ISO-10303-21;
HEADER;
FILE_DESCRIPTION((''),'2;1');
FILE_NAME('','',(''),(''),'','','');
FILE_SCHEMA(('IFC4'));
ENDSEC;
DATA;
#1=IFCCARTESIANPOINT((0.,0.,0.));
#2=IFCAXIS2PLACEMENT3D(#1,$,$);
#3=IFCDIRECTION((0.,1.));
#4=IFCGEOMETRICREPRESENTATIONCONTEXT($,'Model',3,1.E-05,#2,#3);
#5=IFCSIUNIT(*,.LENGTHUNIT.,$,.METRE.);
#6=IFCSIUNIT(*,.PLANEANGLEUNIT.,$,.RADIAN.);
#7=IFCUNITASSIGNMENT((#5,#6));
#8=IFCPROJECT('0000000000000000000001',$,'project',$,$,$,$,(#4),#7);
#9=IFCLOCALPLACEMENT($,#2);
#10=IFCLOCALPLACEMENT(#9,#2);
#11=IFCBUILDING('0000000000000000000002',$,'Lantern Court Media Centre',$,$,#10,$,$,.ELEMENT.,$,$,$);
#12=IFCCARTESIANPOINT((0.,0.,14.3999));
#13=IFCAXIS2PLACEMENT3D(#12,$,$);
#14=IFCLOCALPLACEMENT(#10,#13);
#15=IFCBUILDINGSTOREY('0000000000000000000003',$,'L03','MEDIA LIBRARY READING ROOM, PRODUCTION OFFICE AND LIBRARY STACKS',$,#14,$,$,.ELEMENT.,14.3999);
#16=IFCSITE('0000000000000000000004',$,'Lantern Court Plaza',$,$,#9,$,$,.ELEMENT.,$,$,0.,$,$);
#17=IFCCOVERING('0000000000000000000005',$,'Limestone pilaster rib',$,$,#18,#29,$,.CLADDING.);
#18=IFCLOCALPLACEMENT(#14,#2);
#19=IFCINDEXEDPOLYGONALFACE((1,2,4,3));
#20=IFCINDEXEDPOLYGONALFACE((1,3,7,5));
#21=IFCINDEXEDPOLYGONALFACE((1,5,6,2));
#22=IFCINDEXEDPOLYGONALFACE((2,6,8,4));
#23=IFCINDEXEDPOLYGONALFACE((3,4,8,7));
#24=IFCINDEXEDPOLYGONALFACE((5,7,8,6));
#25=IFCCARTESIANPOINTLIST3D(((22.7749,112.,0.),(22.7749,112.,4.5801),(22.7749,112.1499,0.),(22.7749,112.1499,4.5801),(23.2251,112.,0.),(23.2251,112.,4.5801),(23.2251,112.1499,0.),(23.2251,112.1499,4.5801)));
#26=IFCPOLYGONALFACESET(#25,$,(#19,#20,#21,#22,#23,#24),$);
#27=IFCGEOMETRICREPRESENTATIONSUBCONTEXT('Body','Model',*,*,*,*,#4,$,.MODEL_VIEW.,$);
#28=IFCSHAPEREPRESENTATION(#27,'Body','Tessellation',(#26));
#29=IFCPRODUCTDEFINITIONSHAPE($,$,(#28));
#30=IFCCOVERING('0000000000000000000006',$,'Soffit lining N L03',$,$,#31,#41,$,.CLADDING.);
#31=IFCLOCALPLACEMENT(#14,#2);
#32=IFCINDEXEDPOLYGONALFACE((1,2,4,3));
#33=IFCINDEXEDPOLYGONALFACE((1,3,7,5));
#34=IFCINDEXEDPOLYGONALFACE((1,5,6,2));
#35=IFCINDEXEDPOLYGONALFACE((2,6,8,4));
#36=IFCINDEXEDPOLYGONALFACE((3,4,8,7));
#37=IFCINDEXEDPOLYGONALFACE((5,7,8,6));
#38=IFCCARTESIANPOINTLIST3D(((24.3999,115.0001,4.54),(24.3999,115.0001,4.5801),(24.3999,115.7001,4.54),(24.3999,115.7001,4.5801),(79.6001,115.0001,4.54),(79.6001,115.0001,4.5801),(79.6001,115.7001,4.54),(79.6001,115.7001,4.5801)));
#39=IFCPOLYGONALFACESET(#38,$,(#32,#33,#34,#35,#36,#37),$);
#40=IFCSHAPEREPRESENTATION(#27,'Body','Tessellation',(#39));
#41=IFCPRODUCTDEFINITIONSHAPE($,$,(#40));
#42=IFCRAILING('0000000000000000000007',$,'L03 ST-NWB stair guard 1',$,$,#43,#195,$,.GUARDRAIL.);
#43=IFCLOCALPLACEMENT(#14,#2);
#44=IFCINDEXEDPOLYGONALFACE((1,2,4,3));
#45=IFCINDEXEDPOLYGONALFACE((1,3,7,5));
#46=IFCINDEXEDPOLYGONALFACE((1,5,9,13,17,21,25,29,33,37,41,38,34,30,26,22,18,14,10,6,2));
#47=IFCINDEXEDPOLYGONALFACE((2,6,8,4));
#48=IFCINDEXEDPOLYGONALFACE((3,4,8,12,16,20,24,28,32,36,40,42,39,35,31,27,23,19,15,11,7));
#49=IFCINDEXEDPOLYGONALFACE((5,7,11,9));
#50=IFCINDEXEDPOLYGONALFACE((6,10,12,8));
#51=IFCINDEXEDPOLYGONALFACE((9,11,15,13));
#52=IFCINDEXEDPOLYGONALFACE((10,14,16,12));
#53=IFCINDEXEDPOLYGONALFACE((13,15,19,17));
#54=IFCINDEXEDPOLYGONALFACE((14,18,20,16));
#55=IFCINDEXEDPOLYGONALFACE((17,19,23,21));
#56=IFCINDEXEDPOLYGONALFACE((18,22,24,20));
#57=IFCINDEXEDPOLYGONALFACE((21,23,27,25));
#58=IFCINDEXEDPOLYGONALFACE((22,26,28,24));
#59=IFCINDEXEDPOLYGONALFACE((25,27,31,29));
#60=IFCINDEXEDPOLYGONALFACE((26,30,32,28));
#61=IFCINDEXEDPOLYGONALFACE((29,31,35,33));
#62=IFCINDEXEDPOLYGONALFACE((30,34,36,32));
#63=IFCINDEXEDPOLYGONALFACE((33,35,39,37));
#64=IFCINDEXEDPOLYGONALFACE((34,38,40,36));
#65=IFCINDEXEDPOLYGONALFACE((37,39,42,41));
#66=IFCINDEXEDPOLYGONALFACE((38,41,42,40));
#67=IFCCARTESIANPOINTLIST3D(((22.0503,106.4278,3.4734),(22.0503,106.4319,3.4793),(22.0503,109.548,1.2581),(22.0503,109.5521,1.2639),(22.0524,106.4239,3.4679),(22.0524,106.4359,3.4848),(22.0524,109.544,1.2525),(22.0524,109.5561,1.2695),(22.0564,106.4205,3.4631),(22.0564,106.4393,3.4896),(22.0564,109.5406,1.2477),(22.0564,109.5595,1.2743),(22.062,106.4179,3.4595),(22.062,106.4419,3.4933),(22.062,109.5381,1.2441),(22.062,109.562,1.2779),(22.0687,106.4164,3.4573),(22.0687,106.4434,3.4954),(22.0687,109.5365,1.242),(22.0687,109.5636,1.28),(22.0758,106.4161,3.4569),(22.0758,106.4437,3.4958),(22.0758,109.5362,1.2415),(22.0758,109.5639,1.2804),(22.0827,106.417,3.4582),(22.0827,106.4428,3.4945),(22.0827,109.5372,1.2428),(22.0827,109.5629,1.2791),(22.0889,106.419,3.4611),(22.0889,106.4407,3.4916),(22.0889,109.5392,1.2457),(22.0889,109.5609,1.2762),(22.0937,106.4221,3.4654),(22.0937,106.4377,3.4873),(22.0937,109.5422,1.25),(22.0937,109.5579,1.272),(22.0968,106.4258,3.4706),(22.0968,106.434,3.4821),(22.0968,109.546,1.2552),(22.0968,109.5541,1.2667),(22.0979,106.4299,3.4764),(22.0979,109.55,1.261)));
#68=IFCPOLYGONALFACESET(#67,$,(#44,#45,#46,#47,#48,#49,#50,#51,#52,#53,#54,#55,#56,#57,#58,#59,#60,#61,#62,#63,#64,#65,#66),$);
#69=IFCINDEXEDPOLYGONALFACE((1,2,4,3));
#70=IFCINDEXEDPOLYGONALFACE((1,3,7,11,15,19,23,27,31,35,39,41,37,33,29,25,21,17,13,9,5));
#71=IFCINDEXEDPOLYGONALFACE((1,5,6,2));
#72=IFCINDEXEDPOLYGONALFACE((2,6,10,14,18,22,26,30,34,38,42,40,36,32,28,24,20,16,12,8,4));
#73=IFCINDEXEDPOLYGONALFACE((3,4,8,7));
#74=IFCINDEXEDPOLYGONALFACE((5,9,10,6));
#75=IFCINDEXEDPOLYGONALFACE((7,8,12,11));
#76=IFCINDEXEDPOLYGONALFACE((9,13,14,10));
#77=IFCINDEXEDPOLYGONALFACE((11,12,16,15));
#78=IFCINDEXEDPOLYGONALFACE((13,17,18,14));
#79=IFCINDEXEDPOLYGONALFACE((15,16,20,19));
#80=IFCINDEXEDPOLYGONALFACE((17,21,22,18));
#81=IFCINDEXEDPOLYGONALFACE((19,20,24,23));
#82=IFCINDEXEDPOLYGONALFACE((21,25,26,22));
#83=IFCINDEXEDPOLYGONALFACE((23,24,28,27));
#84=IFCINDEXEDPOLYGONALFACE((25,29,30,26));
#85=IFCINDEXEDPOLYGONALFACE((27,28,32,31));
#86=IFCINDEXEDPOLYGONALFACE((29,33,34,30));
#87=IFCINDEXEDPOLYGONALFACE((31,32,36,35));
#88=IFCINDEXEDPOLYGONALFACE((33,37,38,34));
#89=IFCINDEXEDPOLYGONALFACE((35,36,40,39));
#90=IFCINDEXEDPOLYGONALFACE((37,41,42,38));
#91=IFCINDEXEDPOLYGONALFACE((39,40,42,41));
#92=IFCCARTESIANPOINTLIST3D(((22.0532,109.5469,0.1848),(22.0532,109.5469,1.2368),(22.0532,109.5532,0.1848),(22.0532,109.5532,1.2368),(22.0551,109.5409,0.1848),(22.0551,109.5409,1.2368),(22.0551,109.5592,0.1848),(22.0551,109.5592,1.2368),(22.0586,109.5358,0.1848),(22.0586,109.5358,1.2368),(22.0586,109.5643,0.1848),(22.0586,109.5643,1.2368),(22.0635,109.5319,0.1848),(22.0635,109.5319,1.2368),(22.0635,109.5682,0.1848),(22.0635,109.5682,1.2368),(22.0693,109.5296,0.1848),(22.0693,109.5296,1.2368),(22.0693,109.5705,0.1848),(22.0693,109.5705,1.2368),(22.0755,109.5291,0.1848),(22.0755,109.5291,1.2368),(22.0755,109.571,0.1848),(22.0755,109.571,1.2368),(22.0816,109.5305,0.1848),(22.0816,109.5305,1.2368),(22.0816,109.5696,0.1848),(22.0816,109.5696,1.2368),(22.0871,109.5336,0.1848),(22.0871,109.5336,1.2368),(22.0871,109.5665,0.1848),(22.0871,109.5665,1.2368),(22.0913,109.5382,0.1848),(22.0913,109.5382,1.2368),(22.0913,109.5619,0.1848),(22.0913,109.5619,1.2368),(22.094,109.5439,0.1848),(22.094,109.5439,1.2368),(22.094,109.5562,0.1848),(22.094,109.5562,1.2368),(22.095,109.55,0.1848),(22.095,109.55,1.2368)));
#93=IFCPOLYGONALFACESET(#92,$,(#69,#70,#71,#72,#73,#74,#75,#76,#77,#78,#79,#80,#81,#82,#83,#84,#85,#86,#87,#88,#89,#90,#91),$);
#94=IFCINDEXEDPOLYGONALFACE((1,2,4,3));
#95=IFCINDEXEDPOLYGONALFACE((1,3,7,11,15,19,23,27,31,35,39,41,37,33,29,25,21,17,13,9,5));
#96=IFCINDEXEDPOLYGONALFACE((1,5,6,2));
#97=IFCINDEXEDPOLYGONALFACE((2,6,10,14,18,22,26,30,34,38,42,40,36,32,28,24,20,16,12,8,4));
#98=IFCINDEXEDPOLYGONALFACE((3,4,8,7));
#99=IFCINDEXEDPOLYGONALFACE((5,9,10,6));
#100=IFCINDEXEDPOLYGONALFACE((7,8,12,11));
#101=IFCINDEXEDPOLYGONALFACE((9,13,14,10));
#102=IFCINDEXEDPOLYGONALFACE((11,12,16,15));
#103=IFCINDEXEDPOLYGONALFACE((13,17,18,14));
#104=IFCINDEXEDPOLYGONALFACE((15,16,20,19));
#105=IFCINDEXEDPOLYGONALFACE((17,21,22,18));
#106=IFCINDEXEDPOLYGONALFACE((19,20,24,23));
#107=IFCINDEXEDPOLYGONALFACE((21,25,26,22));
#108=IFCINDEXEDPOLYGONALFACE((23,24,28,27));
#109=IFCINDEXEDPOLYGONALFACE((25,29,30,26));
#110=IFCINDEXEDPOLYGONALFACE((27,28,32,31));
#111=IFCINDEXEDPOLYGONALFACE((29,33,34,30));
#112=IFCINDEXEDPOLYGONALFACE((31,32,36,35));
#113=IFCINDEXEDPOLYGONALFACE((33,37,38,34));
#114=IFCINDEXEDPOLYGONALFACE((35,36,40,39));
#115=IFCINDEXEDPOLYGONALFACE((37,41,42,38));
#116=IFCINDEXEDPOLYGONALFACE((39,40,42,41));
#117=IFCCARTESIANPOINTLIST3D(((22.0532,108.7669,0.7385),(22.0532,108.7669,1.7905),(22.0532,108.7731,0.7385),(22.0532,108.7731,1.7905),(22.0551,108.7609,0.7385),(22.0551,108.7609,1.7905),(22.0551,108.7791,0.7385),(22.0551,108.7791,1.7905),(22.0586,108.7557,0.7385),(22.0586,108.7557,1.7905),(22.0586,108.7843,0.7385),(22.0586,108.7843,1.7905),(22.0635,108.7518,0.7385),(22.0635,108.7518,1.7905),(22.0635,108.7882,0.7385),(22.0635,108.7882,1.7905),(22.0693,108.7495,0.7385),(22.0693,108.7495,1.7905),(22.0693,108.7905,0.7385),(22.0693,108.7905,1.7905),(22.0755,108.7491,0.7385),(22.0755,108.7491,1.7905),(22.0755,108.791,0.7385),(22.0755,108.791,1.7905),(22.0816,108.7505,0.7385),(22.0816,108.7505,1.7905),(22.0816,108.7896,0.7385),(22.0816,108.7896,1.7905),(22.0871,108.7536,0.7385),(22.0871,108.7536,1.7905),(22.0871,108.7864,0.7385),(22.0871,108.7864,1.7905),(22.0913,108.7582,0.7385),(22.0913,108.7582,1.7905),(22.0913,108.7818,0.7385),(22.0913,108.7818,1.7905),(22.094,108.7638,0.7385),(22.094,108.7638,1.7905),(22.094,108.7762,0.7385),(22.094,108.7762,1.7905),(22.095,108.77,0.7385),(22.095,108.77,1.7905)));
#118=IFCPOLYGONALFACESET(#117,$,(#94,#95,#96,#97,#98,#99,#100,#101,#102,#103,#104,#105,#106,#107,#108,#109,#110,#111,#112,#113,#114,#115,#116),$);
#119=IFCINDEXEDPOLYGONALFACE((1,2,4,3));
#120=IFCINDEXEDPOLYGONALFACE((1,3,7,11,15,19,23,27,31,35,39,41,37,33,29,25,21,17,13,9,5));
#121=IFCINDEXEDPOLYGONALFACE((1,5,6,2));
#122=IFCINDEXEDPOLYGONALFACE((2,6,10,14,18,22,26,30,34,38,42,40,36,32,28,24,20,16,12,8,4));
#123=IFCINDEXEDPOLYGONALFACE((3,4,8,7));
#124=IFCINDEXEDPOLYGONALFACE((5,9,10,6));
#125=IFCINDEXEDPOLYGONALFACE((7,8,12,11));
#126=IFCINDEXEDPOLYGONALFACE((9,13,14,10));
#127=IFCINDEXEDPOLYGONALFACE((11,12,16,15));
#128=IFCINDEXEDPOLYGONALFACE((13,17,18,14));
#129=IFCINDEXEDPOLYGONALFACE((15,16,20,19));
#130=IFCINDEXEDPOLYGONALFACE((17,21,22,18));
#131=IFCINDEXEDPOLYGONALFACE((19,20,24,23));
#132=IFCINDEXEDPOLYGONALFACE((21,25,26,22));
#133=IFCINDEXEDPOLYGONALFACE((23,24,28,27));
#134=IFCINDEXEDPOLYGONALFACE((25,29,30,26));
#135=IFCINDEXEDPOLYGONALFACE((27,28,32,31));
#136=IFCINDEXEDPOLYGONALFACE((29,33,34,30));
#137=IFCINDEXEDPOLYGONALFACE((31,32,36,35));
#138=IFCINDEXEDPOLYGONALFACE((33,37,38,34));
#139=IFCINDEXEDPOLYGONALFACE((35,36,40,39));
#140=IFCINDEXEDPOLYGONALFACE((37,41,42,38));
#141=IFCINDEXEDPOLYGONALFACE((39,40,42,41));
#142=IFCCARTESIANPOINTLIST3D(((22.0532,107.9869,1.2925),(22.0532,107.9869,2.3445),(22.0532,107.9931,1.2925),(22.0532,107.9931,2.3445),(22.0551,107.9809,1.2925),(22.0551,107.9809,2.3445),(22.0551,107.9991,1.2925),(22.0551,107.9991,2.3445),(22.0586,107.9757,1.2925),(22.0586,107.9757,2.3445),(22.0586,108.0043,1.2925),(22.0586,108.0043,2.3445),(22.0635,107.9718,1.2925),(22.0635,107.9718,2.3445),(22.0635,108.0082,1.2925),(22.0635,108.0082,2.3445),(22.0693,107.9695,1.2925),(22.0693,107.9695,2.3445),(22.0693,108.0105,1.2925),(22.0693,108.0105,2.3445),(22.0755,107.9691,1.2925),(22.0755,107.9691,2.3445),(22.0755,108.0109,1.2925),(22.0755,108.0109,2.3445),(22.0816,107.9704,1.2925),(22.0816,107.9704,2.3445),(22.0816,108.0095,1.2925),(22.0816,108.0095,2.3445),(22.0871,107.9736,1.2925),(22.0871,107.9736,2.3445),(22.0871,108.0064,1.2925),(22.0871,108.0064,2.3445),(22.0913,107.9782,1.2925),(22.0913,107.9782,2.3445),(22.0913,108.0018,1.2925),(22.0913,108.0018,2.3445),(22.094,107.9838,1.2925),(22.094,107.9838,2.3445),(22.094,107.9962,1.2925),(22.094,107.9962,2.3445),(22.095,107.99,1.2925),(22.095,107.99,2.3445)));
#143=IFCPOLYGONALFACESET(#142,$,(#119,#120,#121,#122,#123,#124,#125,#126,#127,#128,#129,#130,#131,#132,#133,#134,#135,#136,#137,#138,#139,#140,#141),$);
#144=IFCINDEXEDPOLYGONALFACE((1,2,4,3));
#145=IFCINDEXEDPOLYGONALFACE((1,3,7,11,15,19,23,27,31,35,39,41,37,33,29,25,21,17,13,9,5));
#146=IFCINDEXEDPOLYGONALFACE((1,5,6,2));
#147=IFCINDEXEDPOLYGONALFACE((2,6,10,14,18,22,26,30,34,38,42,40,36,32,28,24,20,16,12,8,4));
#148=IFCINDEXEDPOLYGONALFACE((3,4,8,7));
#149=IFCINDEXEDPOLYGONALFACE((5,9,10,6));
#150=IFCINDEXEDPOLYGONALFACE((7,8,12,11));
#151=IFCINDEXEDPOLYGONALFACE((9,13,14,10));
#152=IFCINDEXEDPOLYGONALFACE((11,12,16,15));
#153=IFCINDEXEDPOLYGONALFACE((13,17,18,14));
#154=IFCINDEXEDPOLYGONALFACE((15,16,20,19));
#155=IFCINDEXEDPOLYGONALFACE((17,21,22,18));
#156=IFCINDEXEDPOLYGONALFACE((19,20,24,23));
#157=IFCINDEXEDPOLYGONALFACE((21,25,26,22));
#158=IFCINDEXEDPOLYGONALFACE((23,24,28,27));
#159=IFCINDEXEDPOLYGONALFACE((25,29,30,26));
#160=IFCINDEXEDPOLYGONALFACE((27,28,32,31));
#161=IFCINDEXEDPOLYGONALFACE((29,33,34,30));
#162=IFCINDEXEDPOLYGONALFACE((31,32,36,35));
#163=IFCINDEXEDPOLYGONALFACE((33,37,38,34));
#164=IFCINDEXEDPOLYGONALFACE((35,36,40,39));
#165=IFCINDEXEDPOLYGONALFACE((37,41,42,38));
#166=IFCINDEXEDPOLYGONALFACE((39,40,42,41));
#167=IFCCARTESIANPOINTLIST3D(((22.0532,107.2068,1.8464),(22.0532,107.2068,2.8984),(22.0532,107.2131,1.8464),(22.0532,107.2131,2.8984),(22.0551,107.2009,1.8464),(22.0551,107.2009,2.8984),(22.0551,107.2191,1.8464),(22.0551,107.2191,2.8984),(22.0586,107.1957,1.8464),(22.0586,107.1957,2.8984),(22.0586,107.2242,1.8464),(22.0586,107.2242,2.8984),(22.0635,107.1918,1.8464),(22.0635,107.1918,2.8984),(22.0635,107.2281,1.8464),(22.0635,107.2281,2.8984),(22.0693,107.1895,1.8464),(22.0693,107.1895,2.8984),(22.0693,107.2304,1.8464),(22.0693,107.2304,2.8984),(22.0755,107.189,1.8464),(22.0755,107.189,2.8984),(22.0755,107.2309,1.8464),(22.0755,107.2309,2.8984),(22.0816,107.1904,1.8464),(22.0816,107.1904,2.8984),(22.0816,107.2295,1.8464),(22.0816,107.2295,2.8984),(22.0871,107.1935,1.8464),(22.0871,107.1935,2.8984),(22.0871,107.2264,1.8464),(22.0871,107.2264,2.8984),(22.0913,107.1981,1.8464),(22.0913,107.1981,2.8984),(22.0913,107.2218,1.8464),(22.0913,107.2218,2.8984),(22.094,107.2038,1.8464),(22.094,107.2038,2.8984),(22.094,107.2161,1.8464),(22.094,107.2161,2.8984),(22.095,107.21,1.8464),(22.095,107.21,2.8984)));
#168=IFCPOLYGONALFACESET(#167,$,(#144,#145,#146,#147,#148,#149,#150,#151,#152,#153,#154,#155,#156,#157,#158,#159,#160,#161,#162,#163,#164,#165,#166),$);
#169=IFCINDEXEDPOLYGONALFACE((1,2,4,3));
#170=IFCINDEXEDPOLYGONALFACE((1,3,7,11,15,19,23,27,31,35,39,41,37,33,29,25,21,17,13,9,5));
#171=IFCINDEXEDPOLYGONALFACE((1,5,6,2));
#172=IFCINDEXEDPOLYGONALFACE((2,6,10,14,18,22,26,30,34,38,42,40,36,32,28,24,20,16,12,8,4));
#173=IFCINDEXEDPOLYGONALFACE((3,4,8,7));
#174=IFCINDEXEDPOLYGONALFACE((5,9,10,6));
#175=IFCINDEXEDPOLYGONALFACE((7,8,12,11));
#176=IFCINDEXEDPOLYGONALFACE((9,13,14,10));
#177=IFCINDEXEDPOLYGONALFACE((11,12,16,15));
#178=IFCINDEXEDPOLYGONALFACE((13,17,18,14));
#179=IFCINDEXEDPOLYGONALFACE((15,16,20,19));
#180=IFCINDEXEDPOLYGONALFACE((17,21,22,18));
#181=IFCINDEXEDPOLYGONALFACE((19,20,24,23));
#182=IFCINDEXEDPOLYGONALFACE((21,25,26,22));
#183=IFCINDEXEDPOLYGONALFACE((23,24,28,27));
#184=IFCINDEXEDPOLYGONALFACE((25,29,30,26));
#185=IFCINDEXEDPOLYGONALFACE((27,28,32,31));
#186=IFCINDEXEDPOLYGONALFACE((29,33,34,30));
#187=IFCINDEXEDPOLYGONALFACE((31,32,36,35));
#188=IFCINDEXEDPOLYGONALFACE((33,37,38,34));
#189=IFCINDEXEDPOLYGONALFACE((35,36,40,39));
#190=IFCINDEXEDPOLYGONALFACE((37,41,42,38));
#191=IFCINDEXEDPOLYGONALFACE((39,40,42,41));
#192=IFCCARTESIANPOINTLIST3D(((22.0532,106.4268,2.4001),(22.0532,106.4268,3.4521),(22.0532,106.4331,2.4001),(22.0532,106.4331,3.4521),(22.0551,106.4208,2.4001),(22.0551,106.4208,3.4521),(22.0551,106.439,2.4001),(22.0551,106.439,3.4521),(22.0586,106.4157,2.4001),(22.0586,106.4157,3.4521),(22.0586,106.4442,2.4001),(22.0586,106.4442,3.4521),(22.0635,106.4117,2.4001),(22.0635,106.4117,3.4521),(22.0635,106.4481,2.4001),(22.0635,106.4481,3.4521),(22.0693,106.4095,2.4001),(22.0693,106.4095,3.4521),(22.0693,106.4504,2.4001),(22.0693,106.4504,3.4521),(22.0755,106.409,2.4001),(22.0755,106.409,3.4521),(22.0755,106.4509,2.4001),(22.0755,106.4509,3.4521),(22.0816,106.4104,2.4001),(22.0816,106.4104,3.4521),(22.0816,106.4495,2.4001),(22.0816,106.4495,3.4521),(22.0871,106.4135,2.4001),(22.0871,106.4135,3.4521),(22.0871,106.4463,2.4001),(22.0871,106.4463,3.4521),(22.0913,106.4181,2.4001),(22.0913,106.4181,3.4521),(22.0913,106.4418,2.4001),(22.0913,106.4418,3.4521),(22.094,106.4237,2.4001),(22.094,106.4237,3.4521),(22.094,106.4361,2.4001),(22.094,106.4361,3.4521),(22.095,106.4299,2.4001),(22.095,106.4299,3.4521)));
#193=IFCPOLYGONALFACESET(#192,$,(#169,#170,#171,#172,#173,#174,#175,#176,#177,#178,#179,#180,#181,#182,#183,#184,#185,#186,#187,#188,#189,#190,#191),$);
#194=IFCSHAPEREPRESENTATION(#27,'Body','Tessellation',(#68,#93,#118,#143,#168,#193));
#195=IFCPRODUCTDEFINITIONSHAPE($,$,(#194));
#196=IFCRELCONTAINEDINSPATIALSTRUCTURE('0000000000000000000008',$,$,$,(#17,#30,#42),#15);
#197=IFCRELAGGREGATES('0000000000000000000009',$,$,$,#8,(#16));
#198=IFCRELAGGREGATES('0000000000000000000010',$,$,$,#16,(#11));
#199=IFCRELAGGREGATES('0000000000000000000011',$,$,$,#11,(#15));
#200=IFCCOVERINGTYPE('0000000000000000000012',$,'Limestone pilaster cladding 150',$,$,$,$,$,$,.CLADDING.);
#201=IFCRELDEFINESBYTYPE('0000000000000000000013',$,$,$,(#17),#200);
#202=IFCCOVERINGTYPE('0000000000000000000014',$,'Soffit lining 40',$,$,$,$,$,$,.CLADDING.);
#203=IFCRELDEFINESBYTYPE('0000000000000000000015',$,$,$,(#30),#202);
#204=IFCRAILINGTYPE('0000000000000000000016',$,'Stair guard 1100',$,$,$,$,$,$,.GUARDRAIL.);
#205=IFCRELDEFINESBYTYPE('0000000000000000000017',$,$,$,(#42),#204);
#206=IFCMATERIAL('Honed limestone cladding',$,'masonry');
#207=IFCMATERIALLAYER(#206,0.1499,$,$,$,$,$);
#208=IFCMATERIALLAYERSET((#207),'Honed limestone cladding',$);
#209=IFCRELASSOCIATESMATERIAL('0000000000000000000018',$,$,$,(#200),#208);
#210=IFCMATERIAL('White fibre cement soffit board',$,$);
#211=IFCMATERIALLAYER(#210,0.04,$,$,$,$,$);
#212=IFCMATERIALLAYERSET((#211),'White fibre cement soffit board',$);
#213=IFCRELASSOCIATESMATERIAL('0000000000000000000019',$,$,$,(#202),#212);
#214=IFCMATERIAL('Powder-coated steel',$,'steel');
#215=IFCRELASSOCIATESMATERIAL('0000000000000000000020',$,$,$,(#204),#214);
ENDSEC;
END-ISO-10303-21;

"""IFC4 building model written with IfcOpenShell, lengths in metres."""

from ifc_helpers import new_model, si_unit, direction, frame, frame_2d, origin, origin_2d, place, context, subcontext, project, spatial, rectangle, circle, extrude, material, layer, layer_set, type_object, element, save


model = new_model("IFC4")

# Units and contexts
model_context = context("Model", 3, precision=1e-05, world=origin(), true_north=direction((0.0, 1.0)))
body_context = subcontext(model_context, "Body", "Model", "MODEL_VIEW")
ifc_project = project(units=[si_unit("LENGTHUNIT", "METRE"), si_unit("PLANEANGLEUNIT", "RADIAN")], contexts=[model_context])

# Site, building, storey
site_placement = place(None, origin())
site = spatial("IfcSite", under=ifc_project, at=site_placement, Name="Lantern Court Plaza", CompositionType="ELEMENT", RefElevation=0.0)
building_placement = place(site_placement, origin())
building = spatial("IfcBuilding", under=site, at=building_placement, Name="Lantern Court Media Centre", CompositionType="ELEMENT")
storey_placement = place(building_placement, frame((0.0, 0.0, 14.3999)))
storey = spatial("IfcBuildingStorey", under=building, at=storey_placement, Name="L03", Description="MEDIA LIBRARY READING ROOM, PRODUCTION OFFICE AND LIBRARY STACKS", CompositionType="ELEMENT", Elevation=14.3999)

# Shared definitions
ifc_material_1 = material(Name="Powder-coated steel", Category="steel")

# Coverings
ifc_material_2 = material(Name="Honed limestone cladding", Category="masonry")
ifc_layer_1 = layer(ifc_material_2, 0.1499)
ifc_layer_set_1 = layer_set([ifc_layer_1], Name="Honed limestone cladding")
covering_type_1 = type_object("IfcCoveringType", Name="Limestone pilaster cladding 150", PredefinedType="CLADDING", material=ifc_layer_set_1)
covering_1_placement = place(storey_placement, frame((22.7749, 112.075, 0.0), z_axis=(0.0, 0.0, 1.0), x_axis=(1.0, 0.0, 0.0)))
element("IfcCovering", 1, at=covering_1_placement, inside=storey, type_object=covering_type_1, Name="Limestone pilaster rib", PredefinedType="CLADDING", context=body_context, shape_type="SweptSolid", body=[
    extrude(rectangle(XDim=0.4502, YDim=0.1499, at=frame_2d((0.2251, 0.0))), origin(), (0.0, 0.0, 1.0), 4.5801),
])
ifc_material_3 = material(Name="White fibre cement soffit board")
ifc_layer_2 = layer(ifc_material_3, 0.04)
ifc_layer_set_2 = layer_set([ifc_layer_2], Name="White fibre cement soffit board")
covering_type_2 = type_object("IfcCoveringType", Name="Soffit lining 40", PredefinedType="CLADDING", material=ifc_layer_set_2)
covering_2_placement = place(storey_placement, frame((24.3999, 115.3501, 4.54), z_axis=(0.0, 0.0, 1.0), x_axis=(1.0, 0.0, 0.0)))
element("IfcCovering", 2, at=covering_2_placement, inside=storey, type_object=covering_type_2, Name="Soffit lining N L03", PredefinedType="CLADDING", context=body_context, shape_type="SweptSolid", body=[
    extrude(rectangle(XDim=55.2002, YDim=0.7, at=frame_2d((27.6001, 0.0))), origin(), (0.0, 0.0, 1.0), 0.04),
])

# Railing
railing_type_1 = type_object("IfcRailingType", Name="Stair guard 1100", PredefinedType="GUARDRAIL", material=ifc_material_1)
railing_1_placement = place(storey_placement, frame((22.074, 109.55, 0.1848)))
element("IfcRailing", 3, at=railing_1_placement, inside=storey, type_object=railing_type_1, Name="L03 ST-NWB stair guard 1", PredefinedType="GUARDRAIL", context=body_context, shape_type="SweptSolid", body=[
    extrude(circle(Radius=0.0239, at=origin_2d()), frame((0.0, 0.0, 1.0762), z_axis=(0.0, -0.815377, 0.57893), x_axis=(1.0, 0.0, 0.0)), (0.0, 0.0, 1.0), 3.8267),
    extrude(circle(Radius=0.021, at=origin_2d()), origin(), (0.0, 0.0, 1.0), 1.052),
    extrude(circle(Radius=0.021, at=origin_2d()), frame((0.0, -0.78, 0.5537)), (0.0, 0.0, 1.0), 1.052),
    extrude(circle(Radius=0.021, at=origin_2d()), frame((0.0, -1.5601, 1.1077)), (0.0, 0.0, 1.0), 1.052),
    extrude(circle(Radius=0.021, at=origin_2d()), frame((0.0, -2.3401, 1.6616)), (0.0, 0.0, 1.0), 1.052),
    extrude(circle(Radius=0.021, at=origin_2d()), frame((0.0, -3.1201, 2.2153)), (0.0, 0.0, 1.0), 1.052),
])

save(model, "model.ifc")
